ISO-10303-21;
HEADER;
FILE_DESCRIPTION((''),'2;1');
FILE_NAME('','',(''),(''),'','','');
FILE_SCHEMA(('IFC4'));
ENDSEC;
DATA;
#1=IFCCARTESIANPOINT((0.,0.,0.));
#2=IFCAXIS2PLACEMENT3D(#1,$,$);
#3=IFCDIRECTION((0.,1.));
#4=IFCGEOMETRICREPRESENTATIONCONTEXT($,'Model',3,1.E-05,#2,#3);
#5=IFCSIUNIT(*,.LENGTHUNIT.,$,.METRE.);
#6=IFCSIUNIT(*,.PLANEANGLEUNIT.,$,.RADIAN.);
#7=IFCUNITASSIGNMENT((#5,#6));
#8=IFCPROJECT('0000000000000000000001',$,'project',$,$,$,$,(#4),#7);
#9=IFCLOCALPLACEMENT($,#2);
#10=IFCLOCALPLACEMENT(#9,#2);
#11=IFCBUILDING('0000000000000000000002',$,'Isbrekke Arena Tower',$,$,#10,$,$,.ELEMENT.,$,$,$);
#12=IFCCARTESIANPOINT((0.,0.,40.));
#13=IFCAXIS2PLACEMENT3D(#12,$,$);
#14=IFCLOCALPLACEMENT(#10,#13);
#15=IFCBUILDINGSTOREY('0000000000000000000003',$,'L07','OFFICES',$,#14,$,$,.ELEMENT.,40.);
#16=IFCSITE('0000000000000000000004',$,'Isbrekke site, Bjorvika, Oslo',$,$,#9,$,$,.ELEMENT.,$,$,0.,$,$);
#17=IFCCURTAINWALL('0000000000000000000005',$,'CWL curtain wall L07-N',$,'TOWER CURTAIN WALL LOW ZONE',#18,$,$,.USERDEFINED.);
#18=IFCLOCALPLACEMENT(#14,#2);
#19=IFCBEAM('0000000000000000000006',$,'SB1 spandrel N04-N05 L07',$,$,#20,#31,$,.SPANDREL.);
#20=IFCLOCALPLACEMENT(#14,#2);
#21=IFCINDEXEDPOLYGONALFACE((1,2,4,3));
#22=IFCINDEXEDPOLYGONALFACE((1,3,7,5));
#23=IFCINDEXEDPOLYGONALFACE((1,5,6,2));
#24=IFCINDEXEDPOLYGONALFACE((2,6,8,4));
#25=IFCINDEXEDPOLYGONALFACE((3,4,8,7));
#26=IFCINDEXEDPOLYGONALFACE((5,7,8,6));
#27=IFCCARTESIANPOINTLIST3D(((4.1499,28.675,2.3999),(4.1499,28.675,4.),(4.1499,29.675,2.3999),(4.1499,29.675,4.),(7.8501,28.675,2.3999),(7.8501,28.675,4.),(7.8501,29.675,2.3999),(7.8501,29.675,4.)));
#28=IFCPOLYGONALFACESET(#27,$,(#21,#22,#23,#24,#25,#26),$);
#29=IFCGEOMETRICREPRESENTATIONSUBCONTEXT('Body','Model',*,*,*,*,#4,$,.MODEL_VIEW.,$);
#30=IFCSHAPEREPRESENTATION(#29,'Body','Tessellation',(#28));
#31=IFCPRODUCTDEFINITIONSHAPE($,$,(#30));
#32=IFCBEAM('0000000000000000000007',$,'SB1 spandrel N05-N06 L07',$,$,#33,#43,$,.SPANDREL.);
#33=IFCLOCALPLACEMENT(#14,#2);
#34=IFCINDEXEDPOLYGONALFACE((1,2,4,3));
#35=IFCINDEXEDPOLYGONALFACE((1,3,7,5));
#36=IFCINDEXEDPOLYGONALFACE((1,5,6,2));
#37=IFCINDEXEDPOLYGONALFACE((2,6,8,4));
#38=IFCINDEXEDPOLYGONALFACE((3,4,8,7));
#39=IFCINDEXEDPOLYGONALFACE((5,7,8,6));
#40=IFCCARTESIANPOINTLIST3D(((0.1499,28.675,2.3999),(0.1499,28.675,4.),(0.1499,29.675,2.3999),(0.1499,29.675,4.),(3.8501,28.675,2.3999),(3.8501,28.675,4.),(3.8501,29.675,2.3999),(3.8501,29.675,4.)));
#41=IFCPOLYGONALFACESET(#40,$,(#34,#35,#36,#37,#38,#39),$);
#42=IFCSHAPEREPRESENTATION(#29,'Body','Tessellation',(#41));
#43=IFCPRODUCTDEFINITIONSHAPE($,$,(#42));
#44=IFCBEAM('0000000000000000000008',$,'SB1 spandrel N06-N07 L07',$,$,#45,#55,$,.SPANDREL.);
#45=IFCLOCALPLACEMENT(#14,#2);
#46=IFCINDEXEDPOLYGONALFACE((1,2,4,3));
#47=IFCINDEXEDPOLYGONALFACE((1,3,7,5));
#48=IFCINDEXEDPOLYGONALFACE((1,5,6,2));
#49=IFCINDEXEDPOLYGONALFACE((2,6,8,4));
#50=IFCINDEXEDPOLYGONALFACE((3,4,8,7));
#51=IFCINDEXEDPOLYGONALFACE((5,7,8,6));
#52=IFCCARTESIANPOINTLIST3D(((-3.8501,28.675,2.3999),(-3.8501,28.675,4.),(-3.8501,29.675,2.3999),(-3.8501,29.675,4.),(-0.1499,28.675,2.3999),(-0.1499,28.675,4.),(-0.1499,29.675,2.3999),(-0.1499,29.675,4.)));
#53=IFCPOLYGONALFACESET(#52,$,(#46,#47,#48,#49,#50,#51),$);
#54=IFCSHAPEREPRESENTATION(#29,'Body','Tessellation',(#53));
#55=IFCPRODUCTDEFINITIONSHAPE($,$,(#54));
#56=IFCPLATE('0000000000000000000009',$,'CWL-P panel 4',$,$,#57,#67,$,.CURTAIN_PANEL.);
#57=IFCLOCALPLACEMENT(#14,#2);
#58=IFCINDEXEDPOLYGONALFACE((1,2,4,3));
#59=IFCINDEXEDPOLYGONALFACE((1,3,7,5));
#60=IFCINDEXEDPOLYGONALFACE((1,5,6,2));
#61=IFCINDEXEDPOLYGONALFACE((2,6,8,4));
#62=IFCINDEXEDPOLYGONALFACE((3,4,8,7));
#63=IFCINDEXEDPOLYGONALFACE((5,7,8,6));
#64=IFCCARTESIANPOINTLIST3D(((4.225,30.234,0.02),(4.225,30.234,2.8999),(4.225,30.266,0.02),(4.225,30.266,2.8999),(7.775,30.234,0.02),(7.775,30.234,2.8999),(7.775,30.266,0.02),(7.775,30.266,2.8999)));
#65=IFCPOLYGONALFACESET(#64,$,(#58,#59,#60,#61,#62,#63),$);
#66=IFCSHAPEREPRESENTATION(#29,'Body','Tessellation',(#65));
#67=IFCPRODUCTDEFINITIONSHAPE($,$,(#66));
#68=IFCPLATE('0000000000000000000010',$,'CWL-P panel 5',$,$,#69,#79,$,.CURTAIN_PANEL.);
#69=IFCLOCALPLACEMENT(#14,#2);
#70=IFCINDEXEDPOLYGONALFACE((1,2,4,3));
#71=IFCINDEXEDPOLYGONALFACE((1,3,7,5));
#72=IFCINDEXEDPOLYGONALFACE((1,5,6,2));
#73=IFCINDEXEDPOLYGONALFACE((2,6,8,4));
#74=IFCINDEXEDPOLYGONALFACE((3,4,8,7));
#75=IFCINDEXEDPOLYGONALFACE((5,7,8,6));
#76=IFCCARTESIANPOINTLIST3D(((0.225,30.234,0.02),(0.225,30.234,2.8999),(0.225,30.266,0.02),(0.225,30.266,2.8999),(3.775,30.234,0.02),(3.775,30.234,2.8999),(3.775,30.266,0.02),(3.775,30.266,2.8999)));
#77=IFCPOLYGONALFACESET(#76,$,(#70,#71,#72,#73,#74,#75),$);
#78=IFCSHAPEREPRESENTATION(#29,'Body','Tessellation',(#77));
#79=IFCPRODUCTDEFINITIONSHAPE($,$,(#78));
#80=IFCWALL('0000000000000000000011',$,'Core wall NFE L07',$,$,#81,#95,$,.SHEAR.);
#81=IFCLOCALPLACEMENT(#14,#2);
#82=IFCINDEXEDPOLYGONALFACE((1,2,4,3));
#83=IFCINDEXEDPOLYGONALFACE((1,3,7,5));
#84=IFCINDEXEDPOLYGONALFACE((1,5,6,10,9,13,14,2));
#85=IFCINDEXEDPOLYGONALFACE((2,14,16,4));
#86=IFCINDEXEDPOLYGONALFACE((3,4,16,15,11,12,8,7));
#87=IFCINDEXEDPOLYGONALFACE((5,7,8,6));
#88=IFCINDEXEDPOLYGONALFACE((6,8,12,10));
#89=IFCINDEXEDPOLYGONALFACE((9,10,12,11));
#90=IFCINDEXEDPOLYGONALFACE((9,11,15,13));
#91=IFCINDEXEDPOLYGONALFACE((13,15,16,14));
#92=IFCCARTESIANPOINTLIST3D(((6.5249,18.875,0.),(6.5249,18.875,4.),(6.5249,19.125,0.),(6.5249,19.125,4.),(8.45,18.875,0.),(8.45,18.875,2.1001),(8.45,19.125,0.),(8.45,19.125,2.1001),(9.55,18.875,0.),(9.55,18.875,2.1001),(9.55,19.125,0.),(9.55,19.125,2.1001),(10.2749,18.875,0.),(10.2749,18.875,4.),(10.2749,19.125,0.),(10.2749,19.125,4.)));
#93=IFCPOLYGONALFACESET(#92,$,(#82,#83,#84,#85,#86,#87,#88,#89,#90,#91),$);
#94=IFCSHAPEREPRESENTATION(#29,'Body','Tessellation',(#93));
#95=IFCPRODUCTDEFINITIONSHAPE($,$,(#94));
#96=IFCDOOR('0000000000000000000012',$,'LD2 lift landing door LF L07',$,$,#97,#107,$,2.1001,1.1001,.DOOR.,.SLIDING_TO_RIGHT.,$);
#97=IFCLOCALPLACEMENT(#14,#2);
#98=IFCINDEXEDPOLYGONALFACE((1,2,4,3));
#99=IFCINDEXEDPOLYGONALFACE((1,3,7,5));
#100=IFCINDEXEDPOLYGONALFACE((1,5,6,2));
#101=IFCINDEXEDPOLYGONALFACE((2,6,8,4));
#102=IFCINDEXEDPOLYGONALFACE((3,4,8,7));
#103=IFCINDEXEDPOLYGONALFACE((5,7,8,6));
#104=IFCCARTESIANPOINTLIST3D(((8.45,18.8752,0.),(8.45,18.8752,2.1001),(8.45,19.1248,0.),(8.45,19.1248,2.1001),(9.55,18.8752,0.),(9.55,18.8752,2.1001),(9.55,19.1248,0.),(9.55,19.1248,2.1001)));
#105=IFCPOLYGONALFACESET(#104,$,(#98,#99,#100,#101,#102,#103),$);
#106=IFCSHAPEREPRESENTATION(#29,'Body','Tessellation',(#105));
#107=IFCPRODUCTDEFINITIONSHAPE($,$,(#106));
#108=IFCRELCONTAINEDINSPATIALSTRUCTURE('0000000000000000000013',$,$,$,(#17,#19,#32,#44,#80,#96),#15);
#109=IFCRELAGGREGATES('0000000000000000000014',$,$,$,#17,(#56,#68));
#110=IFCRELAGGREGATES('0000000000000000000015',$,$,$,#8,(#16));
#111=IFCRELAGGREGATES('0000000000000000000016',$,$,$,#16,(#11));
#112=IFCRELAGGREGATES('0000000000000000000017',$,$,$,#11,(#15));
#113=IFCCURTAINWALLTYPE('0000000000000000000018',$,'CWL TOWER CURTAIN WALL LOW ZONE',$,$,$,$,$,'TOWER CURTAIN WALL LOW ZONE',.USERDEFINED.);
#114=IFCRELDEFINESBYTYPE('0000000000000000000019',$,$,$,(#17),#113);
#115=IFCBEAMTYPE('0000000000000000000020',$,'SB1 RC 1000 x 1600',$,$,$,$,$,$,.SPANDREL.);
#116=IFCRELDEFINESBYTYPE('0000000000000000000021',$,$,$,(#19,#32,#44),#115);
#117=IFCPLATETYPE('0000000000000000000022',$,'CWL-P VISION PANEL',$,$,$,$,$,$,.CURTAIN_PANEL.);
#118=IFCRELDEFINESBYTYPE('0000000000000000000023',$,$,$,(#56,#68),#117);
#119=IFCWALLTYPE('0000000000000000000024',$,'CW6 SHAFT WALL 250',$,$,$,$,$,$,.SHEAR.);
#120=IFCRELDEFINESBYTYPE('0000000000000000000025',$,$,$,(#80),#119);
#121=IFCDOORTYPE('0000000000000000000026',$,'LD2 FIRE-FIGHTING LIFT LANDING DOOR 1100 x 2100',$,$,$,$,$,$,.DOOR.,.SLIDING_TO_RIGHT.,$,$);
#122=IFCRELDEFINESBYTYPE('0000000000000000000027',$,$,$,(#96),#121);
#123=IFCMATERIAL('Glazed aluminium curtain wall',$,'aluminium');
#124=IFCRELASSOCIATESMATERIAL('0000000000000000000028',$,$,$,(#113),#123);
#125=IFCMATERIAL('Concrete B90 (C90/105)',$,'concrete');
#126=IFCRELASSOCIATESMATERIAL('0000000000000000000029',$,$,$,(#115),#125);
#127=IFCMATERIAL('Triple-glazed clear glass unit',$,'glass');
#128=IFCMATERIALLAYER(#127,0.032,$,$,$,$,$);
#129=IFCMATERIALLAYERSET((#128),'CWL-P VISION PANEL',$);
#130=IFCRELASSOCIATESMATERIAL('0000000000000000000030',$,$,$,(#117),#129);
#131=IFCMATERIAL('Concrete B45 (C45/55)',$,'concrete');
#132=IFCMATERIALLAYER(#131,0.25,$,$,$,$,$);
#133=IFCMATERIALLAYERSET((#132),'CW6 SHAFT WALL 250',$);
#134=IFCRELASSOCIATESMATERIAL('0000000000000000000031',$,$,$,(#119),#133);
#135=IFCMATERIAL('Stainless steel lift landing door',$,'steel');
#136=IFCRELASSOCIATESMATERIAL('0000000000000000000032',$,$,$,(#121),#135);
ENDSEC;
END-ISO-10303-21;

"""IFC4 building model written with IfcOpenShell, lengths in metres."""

from ifc_helpers import new_model, si_unit, direction, frame, frame_2d, origin, origin_2d, place, context, subcontext, project, spatial, rectangle, extrude, material, layer, layer_set, material_profile, profile_set, type_object, element, fill, aggregate, save


model = new_model("IFC4")

# Units and contexts
model_context = context("Model", 3, precision=1e-05, world=origin(), true_north=direction((0.0, 1.0)))
body_context = subcontext(model_context, "Body", "Model", "MODEL_VIEW")
ifc_project = project(units=[si_unit("LENGTHUNIT", "METRE"), si_unit("PLANEANGLEUNIT", "RADIAN")], contexts=[model_context])

# Site, building, storey
site_placement = place(None, origin())
site = spatial("IfcSite", under=ifc_project, at=site_placement, Name="Isbrekke site, Bjorvika, Oslo", CompositionType="ELEMENT", RefElevation=0.0)
building_placement = place(site_placement, origin())
building = spatial("IfcBuilding", under=site, at=building_placement, Name="Isbrekke Arena Tower", CompositionType="ELEMENT")
storey_placement = place(building_placement, frame((0.0, 0.0, 40.0)))
storey = spatial("IfcBuildingStorey", under=building, at=storey_placement, Name="L07", Description="OFFICES", CompositionType="ELEMENT", Elevation=40.0)

# Curtain wall
ifc_material_1 = material(Name="Glazed aluminium curtain wall", Category="aluminium")
curtain_wall_type = type_object("IfcCurtainWallType", Name="CWL TOWER CURTAIN WALL LOW ZONE", ElementType="TOWER CURTAIN WALL LOW ZONE", PredefinedType="USERDEFINED", material=ifc_material_1)
curtain_wall_placement = place(storey_placement, origin())
curtain_wall = element("IfcCurtainWall", 1, at=curtain_wall_placement, inside=storey, type_object=curtain_wall_type, Name="CWL curtain wall L07-N", ObjectType="TOWER CURTAIN WALL LOW ZONE", PredefinedType="USERDEFINED")

# Beams
ifc_material_2 = material(Name="Concrete B90 (C90/105)", Category="concrete")
ifc_material_profile_1 = material_profile(ifc_material_2, rectangle(XDim=1.0, YDim=1.6001, at=origin_2d()), Name="RC 1000x1600")
ifc_profile_set_1 = profile_set([ifc_material_profile_1], Name="Concrete B90 (C90/105)")
beam_type_1 = type_object("IfcBeamType", Name="SB1 RC 1000 x 1600", PredefinedType="SPANDREL", material=ifc_profile_set_1)
for number, where, z_axis, x_axis, name in (
    (2, (7.8501, 29.175, 3.2), (-1.0, 0.0, 0.0), (0.0, -1.0, 0.0), "SB1 spandrel N04-N05 L07"),
    (3, (3.8501, 29.175, 3.2), (-1.0, 0.0, 0.0), (0.0, -1.0, 0.0), "SB1 spandrel N05-N06 L07"),
    (4, (-0.1499, 29.175, 3.2), (-1.0, 0.0, 0.0), (0.0, -1.0, 0.0), "SB1 spandrel N06-N07 L07"),
):
    element("IfcBeam", number, at=place(storey_placement, frame(where, z_axis=z_axis, x_axis=x_axis)), inside=storey, type_object=beam_type_1, Name=name, PredefinedType="SPANDREL", context=body_context, shape_type="SweptSolid", body=[
        extrude(rectangle(XDim=1.0, YDim=1.6001, at=origin_2d()), origin(), (0.0, 0.0, 1.0), 3.7002),
    ])

# Plates
ifc_material_3 = material(Name="Triple-glazed clear glass unit", Category="glass")
ifc_layer_1 = layer(ifc_material_3, 0.032)
ifc_layer_set_1 = layer_set([ifc_layer_1], Name="CWL-P VISION PANEL")
plate_type = type_object("IfcPlateType", Name="CWL-P VISION PANEL", PredefinedType="CURTAIN_PANEL", material=ifc_layer_set_1)
plate_1_placement = place(storey_placement, frame((6.0, 30.25, 0.02), z_axis=(0.0, 0.0, 1.0), x_axis=(-1.0, 0.0, 0.0)))
plate_1 = element("IfcPlate", 5, at=plate_1_placement, type_object=plate_type, Name="CWL-P panel 4", PredefinedType="CURTAIN_PANEL", context=body_context, shape_type="SweptSolid", body=[
    extrude(rectangle(XDim=3.55, YDim=0.032, at=origin_2d()), origin(), (0.0, 0.0, 1.0), 2.8799),
])
plate_2_placement = place(storey_placement, frame((2.0, 30.25, 0.02), z_axis=(0.0, 0.0, 1.0), x_axis=(-1.0, 0.0, 0.0)))
plate_2 = element("IfcPlate", 6, at=plate_2_placement, type_object=plate_type, Name="CWL-P panel 5", PredefinedType="CURTAIN_PANEL", context=body_context, shape_type="SweptSolid", body=[
    extrude(rectangle(XDim=3.55, YDim=0.032, at=origin_2d()), origin(), (0.0, 0.0, 1.0), 2.8799),
])
aggregate(curtain_wall, [plate_1, plate_2])

# Wall, opening, door
ifc_material_4 = material(Name="Concrete B45 (C45/55)", Category="concrete")
ifc_layer_2 = layer(ifc_material_4, 0.25)
ifc_layer_set_2 = layer_set([ifc_layer_2], Name="CW6 SHAFT WALL 250")
wall_type = type_object("IfcWallType", Name="CW6 SHAFT WALL 250", PredefinedType="SHEAR", material=ifc_layer_set_2)
wall_placement = place(storey_placement, frame((6.5249, 19.0, 0.0), z_axis=(0.0, 0.0, 1.0), x_axis=(1.0, 0.0, 0.0)))
wall = element("IfcWall", 7, at=wall_placement, inside=storey, type_object=wall_type, Name="Core wall NFE L07", PredefinedType="SHEAR", context=body_context, shape_type="SweptSolid", body=[
    extrude(rectangle(XDim=3.75, YDim=0.25, at=frame_2d((1.875, 0.0))), origin(), (0.0, 0.0, 1.0), 4.0),
])
opening_placement = place(wall_placement, frame((1.925, 0.0, 0.0)))
opening = element("IfcOpeningElement", 8, at=opening_placement, cuts=wall, PredefinedType="OPENING", context=body_context, shape_type="SweptSolid", body=[
    extrude(rectangle(XDim=1.1001, YDim=2.1001, at=frame_2d((0.55, 1.05))), frame((0.0, 0.1399, 0.0), z_axis=(0.0, -1.0, 0.0), x_axis=(1.0, 0.0, 0.0)), (0.0, 0.0, 1.0), 0.2798),
])
ifc_material_5 = material(Name="Stainless steel lift landing door", Category="steel")
door_type = type_object("IfcDoorType", Name="LD2 FIRE-FIGHTING LIFT LANDING DOOR 1100 x 2100", OperationType="SLIDING_TO_RIGHT", PredefinedType="DOOR", material=ifc_material_5)
door_placement = place(opening_placement, origin())
door = element("IfcDoor", 9, at=door_placement, inside=storey, type_object=door_type, Name="LD2 lift landing door LF L07", OperationType="SLIDING_TO_RIGHT", OverallHeight=2.1001, OverallWidth=1.1001, PredefinedType="DOOR", context=body_context, shape_type="SweptSolid", body=[
    extrude(rectangle(XDim=1.1001, YDim=2.1001, at=frame_2d((0.55, 1.05))), frame((0.0, 0.1248, 0.0), z_axis=(0.0, -1.0, 0.0), x_axis=(1.0, 0.0, 0.0)), (0.0, 0.0, 1.0), 0.2495),
])
fill(opening, door)

save(model, "model.ifc")
